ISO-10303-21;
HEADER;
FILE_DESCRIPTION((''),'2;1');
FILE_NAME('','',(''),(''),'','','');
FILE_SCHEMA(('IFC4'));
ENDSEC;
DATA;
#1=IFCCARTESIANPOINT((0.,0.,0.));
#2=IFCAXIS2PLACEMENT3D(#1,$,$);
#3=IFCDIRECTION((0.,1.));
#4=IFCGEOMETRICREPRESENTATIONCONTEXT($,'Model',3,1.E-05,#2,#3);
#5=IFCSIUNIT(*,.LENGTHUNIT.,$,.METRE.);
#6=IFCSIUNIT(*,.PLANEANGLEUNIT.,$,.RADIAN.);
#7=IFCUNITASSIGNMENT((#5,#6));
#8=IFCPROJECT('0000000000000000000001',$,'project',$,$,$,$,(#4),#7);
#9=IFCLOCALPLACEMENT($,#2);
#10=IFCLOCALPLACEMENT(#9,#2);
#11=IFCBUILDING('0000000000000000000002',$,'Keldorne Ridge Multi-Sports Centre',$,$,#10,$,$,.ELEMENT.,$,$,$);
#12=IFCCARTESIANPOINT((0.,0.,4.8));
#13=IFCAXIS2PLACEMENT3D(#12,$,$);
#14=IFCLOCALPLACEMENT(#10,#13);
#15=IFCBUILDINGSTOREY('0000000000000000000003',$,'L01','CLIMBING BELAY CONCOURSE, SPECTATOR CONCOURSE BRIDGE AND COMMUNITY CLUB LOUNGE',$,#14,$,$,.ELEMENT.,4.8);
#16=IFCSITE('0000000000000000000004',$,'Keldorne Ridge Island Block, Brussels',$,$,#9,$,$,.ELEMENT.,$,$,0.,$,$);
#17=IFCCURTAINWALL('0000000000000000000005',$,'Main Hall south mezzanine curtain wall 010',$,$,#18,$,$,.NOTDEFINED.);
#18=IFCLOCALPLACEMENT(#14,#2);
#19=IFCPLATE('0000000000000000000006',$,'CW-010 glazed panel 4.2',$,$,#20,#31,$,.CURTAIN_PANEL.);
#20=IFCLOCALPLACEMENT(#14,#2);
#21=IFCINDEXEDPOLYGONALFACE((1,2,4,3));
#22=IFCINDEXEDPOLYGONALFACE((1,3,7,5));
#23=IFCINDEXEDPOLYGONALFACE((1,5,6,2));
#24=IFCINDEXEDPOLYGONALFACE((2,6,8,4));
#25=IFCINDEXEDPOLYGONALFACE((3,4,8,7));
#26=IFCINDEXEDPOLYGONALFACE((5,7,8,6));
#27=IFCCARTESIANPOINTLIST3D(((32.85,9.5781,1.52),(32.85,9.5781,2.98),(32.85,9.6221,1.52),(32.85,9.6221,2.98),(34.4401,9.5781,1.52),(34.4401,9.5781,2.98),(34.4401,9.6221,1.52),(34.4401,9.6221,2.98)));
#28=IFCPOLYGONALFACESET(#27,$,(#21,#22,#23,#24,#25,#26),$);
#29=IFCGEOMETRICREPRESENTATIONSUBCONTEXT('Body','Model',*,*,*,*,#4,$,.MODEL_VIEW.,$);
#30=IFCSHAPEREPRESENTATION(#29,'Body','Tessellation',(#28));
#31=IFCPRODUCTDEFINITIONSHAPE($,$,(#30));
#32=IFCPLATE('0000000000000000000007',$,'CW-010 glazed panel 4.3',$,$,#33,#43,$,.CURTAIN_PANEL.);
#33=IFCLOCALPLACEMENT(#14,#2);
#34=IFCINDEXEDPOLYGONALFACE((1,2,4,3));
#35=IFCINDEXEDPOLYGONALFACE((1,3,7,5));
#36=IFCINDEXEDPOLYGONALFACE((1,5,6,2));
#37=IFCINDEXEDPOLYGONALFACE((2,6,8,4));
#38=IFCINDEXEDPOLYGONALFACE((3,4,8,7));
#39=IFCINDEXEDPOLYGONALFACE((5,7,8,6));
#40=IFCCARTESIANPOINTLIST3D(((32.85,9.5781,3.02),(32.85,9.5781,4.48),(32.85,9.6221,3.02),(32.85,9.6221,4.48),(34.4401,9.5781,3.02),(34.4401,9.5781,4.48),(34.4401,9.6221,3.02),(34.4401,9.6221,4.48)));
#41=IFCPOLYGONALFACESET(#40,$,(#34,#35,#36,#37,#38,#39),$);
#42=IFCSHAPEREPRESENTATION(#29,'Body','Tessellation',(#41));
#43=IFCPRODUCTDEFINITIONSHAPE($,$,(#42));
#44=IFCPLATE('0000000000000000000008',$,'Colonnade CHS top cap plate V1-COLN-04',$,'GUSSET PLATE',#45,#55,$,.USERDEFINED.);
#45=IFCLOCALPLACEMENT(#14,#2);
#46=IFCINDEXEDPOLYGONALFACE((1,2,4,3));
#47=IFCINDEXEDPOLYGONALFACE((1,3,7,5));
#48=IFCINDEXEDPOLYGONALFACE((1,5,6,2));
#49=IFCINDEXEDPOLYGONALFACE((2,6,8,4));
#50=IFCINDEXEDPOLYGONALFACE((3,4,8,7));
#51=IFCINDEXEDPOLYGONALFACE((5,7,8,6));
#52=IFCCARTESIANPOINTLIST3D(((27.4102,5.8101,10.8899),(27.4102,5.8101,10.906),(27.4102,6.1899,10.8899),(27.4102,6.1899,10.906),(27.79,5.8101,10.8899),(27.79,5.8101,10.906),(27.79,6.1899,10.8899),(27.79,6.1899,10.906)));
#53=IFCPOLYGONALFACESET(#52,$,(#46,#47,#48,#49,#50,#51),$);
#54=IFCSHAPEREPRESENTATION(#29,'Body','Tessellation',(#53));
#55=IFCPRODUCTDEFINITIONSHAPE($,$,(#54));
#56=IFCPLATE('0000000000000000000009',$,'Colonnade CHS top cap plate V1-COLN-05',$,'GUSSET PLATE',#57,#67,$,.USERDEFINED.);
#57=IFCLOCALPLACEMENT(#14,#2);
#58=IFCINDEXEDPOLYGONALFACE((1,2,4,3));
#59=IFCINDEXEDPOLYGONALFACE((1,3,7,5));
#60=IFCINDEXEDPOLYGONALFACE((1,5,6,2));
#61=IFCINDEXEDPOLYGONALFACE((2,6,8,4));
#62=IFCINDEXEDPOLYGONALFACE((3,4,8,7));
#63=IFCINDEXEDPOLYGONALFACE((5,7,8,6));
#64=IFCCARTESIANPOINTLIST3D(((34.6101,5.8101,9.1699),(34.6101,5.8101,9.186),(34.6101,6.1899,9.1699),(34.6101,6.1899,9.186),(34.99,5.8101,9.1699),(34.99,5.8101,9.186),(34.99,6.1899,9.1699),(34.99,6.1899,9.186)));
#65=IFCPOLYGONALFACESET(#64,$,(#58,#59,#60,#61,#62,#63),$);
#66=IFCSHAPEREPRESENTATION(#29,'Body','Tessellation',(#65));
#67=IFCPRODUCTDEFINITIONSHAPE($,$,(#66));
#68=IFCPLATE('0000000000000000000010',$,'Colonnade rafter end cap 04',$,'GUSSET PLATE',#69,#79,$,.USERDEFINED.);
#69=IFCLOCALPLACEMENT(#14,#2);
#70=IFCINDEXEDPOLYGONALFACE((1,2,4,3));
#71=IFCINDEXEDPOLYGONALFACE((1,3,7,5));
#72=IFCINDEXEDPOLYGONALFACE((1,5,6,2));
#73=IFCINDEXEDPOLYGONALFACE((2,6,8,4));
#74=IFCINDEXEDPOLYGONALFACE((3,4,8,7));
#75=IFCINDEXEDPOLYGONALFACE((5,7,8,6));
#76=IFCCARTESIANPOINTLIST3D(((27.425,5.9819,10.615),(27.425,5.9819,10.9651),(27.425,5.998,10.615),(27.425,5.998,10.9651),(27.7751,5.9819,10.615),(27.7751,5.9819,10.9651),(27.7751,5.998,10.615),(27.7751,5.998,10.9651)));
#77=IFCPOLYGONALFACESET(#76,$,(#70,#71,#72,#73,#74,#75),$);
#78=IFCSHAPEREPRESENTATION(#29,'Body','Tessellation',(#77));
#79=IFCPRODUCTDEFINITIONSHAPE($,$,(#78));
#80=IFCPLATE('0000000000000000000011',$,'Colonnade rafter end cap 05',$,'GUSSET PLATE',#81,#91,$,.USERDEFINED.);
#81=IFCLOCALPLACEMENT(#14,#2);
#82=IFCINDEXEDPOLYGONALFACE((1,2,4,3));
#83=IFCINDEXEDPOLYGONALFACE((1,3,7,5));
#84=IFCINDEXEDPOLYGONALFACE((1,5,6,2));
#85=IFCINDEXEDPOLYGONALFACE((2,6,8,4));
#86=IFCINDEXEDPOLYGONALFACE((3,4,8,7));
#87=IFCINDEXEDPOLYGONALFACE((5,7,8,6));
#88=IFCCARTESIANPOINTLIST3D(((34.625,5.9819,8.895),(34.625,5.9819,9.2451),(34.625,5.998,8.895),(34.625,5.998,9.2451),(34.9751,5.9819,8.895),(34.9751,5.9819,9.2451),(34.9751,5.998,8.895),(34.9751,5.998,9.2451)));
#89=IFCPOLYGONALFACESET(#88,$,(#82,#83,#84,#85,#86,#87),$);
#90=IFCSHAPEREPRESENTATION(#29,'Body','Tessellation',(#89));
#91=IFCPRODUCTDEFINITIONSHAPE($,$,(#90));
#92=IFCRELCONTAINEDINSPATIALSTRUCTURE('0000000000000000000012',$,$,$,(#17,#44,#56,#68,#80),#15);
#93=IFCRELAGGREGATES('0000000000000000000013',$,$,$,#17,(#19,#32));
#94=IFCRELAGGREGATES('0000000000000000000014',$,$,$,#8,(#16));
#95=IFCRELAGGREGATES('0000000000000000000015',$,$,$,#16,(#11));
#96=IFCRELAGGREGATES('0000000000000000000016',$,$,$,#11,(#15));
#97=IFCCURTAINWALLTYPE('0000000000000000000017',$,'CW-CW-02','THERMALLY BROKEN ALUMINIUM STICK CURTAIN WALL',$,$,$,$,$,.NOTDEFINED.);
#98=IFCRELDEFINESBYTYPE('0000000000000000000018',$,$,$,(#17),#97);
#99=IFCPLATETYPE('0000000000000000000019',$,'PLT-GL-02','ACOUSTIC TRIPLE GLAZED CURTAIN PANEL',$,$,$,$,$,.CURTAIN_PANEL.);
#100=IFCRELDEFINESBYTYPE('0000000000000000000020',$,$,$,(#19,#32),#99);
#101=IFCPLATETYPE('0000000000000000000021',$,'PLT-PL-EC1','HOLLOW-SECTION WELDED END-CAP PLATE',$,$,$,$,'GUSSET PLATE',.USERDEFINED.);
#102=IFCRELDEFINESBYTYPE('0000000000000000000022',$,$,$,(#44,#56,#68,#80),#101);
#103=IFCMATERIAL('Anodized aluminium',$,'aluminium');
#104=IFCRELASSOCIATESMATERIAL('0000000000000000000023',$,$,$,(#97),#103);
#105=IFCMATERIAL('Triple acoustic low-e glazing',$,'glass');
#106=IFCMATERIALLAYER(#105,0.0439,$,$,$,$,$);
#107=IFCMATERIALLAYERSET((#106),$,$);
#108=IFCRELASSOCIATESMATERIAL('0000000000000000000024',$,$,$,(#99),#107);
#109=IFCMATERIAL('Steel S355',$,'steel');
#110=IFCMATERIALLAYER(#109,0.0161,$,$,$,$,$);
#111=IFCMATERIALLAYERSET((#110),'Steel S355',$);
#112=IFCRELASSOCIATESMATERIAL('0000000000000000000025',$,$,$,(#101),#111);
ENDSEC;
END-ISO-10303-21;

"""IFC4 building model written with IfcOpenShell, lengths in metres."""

from ifc_helpers import new_model, si_unit, direction, frame, origin, origin_2d, place, context, subcontext, project, spatial, rectangle, extrude, material, layer, layer_set, type_object, element, aggregate, save


model = new_model("IFC4")

# Units and contexts
model_context = context("Model", 3, precision=1e-05, world=origin(), true_north=direction((0.0, 1.0)))
body_context = subcontext(model_context, "Body", "Model", "MODEL_VIEW")
ifc_project = project(units=[si_unit("LENGTHUNIT", "METRE"), si_unit("PLANEANGLEUNIT", "RADIAN")], contexts=[model_context])

# Site, building, storey
site_placement = place(None, origin())
site = spatial("IfcSite", under=ifc_project, at=site_placement, Name="Keldorne Ridge Island Block, Brussels", CompositionType="ELEMENT", RefElevation=0.0)
building_placement = place(site_placement, origin())
building = spatial("IfcBuilding", under=site, at=building_placement, Name="Keldorne Ridge Multi-Sports Centre", CompositionType="ELEMENT")
storey_placement = place(building_placement, frame((0.0, 0.0, 4.8)))
storey = spatial("IfcBuildingStorey", under=building, at=storey_placement, Name="L01", Description="CLIMBING BELAY CONCOURSE, SPECTATOR CONCOURSE BRIDGE AND COMMUNITY CLUB LOUNGE", CompositionType="ELEMENT", Elevation=4.8)

# Shared definitions
ifc_material_1 = material(Name="Steel S355", Category="steel")

# Curtain wall
ifc_material_2 = material(Name="Anodized aluminium", Category="aluminium")
curtain_wall_type_1 = type_object("IfcCurtainWallType", Name="CW-CW-02", Description="THERMALLY BROKEN ALUMINIUM STICK CURTAIN WALL", PredefinedType="NOTDEFINED", material=ifc_material_2)
curtain_wall_1_placement = place(storey_placement, origin())
curtain_wall_1 = element("IfcCurtainWall", 1, at=curtain_wall_1_placement, inside=storey, type_object=curtain_wall_type_1, Name="Main Hall south mezzanine curtain wall 010", PredefinedType="NOTDEFINED")

# Plates
ifc_material_3 = material(Name="Triple acoustic low-e glazing", Category="glass")
ifc_layer_1 = layer(ifc_material_3, 0.0439)
ifc_layer_set_1 = layer_set([ifc_layer_1])
plate_type_1 = type_object("IfcPlateType", Name="PLT-GL-02", Description="ACOUSTIC TRIPLE GLAZED CURTAIN PANEL", PredefinedType="CURTAIN_PANEL", material=ifc_layer_set_1)
plate_1_placement = place(storey_placement, frame((33.645, 9.6001, 1.52), z_axis=(0.0, 0.0, 1.0), x_axis=(1.0, 0.0, 0.0)))
plate_1 = element("IfcPlate", 2, at=plate_1_placement, type_object=plate_type_1, Name="CW-010 glazed panel 4.2", PredefinedType="CURTAIN_PANEL", context=body_context, shape_type="SweptSolid", body=[
    extrude(rectangle(XDim=1.5901, YDim=0.0439, at=origin_2d()), origin(), (0.0, 0.0, 1.0), 1.46),
])
plate_2_placement = place(storey_placement, frame((33.645, 9.6001, 3.02), z_axis=(0.0, 0.0, 1.0), x_axis=(1.0, 0.0, 0.0)))
plate_2 = element("IfcPlate", 3, at=plate_2_placement, type_object=plate_type_1, Name="CW-010 glazed panel 4.3", PredefinedType="CURTAIN_PANEL", context=body_context, shape_type="SweptSolid", body=[
    extrude(rectangle(XDim=1.5901, YDim=0.0439, at=origin_2d()), origin(), (0.0, 0.0, 1.0), 1.46),
])
aggregate(curtain_wall_1, [plate_1, plate_2])

# Plates
ifc_layer_2 = layer(ifc_material_1, 0.0161)
ifc_layer_set_2 = layer_set([ifc_layer_2], Name="Steel S355")
plate_type_2 = type_object("IfcPlateType", Name="PLT-PL-EC1", Description="HOLLOW-SECTION WELDED END-CAP PLATE", ElementType="GUSSET PLATE", PredefinedType="USERDEFINED", material=ifc_layer_set_2)
for number, where, z_axis, x_axis, name in (
    (4, (27.6001, 6.0, 10.8899), (0.0, 0.0, 1.0), (1.0, 0.0, 0.0), "Colonnade CHS top cap plate V1-COLN-04"),
    (5, (34.8, 6.0, 9.1699), (0.0, 0.0, 1.0), (1.0, 0.0, 0.0), "Colonnade CHS top cap plate V1-COLN-05"),
):
    element("IfcPlate", number, at=place(storey_placement, frame(where, z_axis=z_axis, x_axis=x_axis)), inside=storey, type_object=plate_type_2, Name=name, ObjectType="GUSSET PLATE", PredefinedType="USERDEFINED", context=body_context, shape_type="SweptSolid", body=[
        extrude(rectangle(XDim=0.3799, YDim=0.3799, at=origin_2d()), origin(), (0.0, 0.0, 1.0), 0.0161),
    ])
for number, where, z_axis, x_axis, name in (
    (6, (27.6001, 5.99, 10.615), (0.0, 0.0, 1.0), (1.0, 0.0, 0.0), "Colonnade rafter end cap 04"),
    (7, (34.8, 5.99, 8.895), (0.0, 0.0, 1.0), (1.0, 0.0, 0.0), "Colonnade rafter end cap 05"),
):
    element("IfcPlate", number, at=place(storey_placement, frame(where, z_axis=z_axis, x_axis=x_axis)), inside=storey, type_object=plate_type_2, Name=name, ObjectType="GUSSET PLATE", PredefinedType="USERDEFINED", context=body_context, shape_type="SweptSolid", body=[
        extrude(rectangle(XDim=0.3501, YDim=0.0161, at=origin_2d()), origin(), (0.0, 0.0, 1.0), 0.3501),
    ])

save(model, "model.ifc")
